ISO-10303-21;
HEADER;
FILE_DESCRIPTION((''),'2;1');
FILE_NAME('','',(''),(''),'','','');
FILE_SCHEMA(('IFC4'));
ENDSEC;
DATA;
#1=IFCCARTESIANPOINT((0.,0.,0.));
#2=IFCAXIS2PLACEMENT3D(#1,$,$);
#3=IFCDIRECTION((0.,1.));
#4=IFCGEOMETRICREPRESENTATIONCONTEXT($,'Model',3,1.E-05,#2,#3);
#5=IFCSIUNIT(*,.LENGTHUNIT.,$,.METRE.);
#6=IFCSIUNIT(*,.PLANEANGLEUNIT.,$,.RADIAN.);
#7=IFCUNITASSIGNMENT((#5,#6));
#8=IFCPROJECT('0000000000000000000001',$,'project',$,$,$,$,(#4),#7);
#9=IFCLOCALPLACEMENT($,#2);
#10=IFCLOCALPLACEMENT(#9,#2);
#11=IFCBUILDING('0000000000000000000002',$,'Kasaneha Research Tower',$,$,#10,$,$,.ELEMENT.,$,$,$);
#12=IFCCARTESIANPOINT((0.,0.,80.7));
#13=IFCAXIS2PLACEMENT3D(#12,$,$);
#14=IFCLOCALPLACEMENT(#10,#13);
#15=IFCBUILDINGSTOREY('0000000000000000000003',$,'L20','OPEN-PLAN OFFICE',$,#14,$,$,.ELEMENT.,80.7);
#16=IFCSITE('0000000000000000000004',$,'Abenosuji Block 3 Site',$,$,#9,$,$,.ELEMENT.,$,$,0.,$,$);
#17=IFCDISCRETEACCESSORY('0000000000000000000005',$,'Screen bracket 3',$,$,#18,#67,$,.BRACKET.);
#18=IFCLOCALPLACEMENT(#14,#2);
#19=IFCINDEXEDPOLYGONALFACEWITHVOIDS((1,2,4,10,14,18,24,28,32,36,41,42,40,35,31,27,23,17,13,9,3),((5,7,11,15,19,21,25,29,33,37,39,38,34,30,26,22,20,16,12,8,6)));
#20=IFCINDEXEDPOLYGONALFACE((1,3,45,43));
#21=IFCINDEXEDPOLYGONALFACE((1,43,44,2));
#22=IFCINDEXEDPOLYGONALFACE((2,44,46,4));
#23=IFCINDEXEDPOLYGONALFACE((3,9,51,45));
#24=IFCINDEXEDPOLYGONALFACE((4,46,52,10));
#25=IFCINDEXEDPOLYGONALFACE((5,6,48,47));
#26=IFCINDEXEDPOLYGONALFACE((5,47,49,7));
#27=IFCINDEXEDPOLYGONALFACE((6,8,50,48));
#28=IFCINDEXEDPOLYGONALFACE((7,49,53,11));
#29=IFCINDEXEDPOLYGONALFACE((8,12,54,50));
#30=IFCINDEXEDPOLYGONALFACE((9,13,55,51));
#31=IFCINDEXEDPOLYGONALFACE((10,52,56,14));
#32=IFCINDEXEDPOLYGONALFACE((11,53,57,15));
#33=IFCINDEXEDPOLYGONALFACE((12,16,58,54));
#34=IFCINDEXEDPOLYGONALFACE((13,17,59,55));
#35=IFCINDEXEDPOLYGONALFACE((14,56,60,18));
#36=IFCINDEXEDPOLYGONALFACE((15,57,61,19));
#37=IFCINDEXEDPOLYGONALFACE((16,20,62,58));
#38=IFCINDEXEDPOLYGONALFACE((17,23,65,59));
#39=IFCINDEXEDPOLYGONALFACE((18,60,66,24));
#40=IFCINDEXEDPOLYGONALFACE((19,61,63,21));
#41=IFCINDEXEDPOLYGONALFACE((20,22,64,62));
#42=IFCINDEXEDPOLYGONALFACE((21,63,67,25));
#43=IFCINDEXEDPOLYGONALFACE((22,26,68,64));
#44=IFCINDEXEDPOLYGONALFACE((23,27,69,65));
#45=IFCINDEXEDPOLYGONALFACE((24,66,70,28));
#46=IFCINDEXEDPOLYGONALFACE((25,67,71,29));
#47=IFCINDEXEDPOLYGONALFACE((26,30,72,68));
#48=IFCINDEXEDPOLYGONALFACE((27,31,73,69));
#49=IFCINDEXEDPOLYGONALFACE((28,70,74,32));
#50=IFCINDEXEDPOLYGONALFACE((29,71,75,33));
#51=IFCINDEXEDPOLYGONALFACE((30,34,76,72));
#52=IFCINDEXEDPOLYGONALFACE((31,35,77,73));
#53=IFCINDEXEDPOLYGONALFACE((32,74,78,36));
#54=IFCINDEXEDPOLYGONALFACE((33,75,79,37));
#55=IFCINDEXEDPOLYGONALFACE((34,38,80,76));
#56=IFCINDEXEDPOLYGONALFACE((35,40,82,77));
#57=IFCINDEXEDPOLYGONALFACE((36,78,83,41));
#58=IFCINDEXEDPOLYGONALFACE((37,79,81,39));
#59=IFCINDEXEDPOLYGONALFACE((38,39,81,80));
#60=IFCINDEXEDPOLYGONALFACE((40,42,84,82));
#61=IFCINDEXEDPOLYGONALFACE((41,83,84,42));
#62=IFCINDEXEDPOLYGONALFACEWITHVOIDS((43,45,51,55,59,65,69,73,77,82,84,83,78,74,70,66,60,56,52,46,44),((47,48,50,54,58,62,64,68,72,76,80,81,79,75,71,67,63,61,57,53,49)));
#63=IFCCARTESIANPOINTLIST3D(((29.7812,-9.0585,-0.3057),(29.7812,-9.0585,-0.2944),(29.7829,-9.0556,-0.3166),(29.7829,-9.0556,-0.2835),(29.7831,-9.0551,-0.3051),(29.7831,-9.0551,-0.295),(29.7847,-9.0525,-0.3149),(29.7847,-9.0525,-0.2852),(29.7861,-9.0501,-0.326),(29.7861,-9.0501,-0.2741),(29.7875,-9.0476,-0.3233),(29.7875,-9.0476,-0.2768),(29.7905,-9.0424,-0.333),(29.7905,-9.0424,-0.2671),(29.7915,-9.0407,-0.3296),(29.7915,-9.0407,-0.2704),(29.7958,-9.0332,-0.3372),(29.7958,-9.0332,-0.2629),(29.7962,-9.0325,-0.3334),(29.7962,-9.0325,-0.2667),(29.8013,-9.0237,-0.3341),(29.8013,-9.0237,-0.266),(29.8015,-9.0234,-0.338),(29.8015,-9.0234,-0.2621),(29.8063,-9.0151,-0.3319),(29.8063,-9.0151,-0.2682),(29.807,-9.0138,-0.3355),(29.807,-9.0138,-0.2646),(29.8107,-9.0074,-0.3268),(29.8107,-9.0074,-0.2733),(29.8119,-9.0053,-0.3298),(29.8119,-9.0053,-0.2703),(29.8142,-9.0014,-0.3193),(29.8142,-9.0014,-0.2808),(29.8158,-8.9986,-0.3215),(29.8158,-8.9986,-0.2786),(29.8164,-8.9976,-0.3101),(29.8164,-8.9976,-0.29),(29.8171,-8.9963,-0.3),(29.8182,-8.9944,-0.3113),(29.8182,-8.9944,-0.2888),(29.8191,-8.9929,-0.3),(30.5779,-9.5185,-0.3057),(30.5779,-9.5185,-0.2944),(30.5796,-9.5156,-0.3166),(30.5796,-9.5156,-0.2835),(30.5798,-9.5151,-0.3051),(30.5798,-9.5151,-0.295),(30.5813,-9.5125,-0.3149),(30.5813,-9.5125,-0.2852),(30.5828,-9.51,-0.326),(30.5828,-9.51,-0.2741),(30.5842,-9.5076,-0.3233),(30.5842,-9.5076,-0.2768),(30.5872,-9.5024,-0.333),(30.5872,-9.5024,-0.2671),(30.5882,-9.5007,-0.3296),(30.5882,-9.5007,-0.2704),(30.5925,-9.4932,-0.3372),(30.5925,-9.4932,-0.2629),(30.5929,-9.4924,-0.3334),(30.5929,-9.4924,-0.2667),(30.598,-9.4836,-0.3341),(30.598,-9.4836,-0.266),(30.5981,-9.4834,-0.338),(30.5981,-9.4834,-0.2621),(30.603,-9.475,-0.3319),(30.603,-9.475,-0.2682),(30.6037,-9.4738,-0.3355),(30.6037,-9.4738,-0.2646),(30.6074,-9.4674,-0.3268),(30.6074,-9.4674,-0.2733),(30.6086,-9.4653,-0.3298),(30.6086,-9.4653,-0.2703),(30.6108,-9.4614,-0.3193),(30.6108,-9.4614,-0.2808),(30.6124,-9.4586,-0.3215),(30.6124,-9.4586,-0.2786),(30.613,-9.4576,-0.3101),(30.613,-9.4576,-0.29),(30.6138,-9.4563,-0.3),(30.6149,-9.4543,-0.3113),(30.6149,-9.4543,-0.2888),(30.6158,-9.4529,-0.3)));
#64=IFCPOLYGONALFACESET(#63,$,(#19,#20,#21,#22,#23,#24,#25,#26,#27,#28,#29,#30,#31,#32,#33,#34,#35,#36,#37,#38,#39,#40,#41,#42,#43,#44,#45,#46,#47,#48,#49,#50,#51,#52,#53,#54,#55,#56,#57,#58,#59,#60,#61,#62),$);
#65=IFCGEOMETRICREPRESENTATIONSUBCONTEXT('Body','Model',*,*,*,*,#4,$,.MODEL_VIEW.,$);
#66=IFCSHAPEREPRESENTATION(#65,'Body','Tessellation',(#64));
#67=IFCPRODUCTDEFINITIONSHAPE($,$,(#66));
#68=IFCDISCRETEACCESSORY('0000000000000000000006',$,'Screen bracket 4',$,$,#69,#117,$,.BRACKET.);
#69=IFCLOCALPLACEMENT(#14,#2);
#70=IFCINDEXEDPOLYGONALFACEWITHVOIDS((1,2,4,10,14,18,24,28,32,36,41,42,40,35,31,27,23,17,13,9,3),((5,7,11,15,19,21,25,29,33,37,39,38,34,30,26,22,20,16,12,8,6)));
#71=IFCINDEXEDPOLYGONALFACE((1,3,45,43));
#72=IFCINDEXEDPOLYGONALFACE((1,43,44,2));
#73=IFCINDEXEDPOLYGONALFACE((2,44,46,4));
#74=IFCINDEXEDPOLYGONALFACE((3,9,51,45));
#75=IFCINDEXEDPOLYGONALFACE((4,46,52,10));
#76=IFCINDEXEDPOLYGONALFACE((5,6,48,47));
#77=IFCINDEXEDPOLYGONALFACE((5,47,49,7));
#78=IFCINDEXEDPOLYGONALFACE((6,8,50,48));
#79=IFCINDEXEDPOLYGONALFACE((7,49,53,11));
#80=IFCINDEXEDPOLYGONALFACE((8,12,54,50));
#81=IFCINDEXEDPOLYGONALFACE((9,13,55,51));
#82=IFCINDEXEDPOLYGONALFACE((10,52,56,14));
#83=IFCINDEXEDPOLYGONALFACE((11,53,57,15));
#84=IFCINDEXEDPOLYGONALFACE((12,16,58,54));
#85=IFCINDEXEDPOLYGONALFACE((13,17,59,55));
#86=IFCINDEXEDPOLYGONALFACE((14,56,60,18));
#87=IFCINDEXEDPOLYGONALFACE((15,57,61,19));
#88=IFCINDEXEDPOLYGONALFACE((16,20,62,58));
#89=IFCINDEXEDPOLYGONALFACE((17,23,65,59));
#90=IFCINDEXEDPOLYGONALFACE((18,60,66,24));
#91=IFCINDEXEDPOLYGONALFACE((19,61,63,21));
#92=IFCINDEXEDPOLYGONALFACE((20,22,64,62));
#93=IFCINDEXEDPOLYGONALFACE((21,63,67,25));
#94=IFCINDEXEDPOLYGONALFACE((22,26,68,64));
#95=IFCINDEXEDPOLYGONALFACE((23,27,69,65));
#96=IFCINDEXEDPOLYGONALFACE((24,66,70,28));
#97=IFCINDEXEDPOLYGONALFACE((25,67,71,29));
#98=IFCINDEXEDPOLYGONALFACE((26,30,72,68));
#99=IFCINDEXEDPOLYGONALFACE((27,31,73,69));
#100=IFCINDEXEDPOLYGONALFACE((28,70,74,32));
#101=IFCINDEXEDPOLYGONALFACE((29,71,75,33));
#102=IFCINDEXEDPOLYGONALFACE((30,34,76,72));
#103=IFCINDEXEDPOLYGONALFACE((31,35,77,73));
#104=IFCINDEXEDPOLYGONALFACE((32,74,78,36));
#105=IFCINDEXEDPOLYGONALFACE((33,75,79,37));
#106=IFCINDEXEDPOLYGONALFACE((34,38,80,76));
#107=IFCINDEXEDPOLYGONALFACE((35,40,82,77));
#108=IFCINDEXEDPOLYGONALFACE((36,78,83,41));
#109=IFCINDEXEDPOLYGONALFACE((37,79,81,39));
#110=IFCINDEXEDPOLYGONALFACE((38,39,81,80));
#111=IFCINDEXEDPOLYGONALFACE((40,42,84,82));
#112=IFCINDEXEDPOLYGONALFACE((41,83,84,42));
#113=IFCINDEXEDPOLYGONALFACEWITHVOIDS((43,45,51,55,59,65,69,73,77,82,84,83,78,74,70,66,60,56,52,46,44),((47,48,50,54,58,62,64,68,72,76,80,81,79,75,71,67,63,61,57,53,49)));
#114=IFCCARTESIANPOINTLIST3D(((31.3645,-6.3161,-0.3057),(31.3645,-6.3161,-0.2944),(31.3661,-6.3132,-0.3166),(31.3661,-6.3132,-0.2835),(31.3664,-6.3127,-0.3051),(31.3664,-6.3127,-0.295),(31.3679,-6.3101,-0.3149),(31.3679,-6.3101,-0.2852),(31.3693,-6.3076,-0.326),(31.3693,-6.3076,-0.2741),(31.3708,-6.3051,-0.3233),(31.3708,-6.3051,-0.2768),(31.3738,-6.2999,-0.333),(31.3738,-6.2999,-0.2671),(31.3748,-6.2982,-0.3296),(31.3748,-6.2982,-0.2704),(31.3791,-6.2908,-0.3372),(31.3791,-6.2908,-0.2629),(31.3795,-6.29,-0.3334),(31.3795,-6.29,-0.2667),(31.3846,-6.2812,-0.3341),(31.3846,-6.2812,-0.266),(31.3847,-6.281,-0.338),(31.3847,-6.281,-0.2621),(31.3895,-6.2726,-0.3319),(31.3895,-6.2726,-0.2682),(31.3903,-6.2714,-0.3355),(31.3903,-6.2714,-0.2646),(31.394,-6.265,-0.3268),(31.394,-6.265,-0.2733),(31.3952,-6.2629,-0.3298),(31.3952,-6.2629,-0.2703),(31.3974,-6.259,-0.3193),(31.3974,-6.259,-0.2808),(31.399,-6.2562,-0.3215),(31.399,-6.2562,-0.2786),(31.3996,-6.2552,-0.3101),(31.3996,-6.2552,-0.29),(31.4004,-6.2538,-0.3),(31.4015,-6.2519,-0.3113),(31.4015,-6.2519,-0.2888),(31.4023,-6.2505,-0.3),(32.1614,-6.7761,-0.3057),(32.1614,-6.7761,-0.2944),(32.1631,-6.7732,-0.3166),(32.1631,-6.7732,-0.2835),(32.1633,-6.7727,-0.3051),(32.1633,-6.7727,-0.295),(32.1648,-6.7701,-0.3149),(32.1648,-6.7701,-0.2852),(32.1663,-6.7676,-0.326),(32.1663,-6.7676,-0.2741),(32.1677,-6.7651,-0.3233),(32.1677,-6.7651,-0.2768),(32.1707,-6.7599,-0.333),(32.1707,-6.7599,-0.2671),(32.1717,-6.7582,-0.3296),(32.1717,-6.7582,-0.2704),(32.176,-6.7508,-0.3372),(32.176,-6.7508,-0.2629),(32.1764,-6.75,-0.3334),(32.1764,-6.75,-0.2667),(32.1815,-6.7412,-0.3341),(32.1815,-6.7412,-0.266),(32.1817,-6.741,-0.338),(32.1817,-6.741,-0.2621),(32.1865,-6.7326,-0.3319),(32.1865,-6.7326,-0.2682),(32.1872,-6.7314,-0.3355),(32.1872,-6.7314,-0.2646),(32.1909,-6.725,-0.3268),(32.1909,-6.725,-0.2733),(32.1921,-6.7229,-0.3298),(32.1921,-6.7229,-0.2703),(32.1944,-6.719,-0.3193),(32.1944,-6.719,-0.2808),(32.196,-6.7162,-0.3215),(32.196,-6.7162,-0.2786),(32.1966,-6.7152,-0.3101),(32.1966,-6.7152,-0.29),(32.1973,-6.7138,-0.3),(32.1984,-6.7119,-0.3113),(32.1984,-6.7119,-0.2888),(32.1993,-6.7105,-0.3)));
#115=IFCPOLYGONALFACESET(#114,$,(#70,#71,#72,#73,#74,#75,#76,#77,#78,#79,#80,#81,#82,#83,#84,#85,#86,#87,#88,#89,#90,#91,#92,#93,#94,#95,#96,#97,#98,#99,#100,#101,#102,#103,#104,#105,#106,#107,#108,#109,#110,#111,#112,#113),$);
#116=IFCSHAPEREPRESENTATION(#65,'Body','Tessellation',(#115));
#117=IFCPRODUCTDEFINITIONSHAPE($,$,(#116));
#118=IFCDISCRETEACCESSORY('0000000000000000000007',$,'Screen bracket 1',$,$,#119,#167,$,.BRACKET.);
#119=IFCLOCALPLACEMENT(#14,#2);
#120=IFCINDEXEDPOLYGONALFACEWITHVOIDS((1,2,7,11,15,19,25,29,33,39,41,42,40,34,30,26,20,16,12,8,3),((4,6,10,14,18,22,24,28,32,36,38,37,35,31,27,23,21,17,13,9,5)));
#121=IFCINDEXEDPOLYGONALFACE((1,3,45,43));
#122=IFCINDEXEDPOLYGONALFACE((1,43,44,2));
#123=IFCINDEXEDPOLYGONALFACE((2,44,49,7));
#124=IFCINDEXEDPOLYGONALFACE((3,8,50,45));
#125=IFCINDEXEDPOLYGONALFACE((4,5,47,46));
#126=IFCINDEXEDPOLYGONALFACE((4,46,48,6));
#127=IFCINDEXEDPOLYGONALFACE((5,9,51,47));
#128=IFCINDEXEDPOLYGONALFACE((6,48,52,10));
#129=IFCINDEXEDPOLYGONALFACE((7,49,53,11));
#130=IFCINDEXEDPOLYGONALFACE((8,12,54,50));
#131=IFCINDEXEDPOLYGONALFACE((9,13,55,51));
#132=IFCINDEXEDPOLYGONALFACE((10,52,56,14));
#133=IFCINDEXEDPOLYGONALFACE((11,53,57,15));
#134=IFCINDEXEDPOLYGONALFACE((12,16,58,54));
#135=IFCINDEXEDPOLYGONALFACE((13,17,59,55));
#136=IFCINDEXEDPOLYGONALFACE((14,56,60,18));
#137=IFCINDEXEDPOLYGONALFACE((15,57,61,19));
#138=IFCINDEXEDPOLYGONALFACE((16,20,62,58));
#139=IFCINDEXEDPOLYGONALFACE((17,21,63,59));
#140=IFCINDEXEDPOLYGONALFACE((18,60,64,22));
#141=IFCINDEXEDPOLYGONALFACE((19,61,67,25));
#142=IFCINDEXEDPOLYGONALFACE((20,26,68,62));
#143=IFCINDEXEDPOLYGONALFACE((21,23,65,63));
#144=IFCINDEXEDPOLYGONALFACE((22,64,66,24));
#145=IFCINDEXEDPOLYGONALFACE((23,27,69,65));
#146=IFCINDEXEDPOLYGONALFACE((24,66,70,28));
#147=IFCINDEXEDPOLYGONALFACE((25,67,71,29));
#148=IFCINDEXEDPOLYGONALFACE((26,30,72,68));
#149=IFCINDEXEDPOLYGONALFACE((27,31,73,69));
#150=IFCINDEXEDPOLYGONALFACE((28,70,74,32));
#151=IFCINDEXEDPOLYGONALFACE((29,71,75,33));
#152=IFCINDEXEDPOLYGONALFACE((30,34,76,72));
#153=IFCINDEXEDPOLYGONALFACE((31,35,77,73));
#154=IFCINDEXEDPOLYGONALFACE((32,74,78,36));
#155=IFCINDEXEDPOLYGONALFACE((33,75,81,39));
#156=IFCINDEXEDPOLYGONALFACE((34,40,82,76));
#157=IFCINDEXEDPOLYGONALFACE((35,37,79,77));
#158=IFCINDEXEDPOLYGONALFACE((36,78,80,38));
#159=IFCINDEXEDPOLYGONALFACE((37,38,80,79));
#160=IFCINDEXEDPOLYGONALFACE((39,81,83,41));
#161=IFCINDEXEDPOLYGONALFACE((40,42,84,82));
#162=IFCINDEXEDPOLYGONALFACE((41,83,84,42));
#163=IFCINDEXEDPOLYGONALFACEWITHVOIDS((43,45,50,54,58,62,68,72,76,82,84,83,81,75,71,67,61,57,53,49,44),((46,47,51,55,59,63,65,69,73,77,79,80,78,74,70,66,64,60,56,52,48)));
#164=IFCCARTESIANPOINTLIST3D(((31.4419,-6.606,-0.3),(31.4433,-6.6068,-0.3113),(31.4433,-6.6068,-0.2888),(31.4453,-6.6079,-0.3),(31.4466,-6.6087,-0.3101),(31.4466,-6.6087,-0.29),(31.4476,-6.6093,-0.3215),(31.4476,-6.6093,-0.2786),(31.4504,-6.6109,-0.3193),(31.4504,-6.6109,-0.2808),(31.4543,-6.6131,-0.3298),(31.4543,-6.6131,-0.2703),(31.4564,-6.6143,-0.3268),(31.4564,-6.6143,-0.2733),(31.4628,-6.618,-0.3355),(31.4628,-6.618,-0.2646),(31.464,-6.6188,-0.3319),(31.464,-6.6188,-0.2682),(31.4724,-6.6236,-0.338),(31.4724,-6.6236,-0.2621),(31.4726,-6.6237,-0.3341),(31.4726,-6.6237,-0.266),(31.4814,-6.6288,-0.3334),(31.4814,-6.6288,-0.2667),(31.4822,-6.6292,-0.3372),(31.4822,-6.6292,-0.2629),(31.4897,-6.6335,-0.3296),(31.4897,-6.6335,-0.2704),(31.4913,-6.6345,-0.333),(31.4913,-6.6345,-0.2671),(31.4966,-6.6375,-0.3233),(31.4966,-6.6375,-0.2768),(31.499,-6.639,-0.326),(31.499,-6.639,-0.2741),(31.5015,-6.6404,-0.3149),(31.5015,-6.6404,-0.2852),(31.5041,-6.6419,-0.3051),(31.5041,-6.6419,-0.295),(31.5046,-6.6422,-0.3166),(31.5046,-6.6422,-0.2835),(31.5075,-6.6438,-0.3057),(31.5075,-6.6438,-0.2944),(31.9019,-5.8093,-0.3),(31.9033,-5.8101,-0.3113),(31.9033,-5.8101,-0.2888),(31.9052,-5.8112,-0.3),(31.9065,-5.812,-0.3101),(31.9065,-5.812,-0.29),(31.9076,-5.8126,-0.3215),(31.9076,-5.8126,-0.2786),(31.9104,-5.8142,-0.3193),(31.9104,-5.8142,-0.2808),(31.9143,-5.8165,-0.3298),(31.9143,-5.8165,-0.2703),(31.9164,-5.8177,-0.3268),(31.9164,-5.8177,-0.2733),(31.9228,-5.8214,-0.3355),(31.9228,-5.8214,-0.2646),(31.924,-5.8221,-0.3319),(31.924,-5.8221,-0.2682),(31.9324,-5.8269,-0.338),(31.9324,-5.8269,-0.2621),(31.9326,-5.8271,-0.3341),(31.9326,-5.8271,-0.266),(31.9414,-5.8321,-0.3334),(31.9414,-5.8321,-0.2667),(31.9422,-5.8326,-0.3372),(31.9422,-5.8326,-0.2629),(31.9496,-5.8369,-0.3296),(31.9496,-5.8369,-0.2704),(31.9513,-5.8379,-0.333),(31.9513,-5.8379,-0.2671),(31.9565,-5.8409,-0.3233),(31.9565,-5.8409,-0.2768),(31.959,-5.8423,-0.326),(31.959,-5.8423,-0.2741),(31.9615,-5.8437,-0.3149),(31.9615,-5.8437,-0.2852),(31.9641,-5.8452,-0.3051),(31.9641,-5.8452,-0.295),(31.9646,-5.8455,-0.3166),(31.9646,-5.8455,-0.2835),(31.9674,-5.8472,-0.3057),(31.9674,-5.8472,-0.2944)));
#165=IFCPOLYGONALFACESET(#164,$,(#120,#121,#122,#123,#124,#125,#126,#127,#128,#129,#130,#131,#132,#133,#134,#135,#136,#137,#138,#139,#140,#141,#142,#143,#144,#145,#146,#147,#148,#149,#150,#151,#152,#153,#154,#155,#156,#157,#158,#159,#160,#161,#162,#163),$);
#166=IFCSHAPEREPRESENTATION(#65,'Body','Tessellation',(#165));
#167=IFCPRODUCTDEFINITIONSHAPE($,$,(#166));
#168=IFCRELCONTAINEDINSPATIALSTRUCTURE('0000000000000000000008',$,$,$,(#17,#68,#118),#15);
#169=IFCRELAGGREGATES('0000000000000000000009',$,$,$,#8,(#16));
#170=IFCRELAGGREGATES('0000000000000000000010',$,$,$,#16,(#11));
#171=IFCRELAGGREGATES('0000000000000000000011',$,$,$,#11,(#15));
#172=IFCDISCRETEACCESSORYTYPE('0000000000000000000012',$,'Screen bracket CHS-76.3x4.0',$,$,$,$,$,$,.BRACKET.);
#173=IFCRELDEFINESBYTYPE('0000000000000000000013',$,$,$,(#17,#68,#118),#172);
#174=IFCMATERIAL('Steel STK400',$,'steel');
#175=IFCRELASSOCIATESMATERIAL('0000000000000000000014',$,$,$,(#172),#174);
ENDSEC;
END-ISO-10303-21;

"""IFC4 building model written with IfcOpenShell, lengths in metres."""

from ifc_helpers import new_model, si_unit, direction, frame, origin, origin_2d, place, context, subcontext, project, spatial, hollow_circle, extrude, material, material_profile, profile_set, type_object, element, save


model = new_model("IFC4")

# Units and contexts
model_context = context("Model", 3, precision=1e-05, world=origin(), true_north=direction((0.0, 1.0)))
body_context = subcontext(model_context, "Body", "Model", "MODEL_VIEW")
ifc_project = project(units=[si_unit("LENGTHUNIT", "METRE"), si_unit("PLANEANGLEUNIT", "RADIAN")], contexts=[model_context])

# Site, building, storey
site_placement = place(None, origin())
site = spatial("IfcSite", under=ifc_project, at=site_placement, Name="Abenosuji Block 3 Site", CompositionType="ELEMENT", RefElevation=0.0)
building_placement = place(site_placement, origin())
building = spatial("IfcBuilding", under=site, at=building_placement, Name="Kasaneha Research Tower", CompositionType="ELEMENT")
storey_placement = place(building_placement, frame((0.0, 0.0, 80.7)))
storey = spatial("IfcBuildingStorey", under=building, at=storey_placement, Name="L20", Description="OPEN-PLAN OFFICE", CompositionType="ELEMENT", Elevation=80.7)

# Discrete accessories
ifc_material_1 = material(Name="Steel STK400", Category="steel")
ifc_material_profile_1 = material_profile(ifc_material_1, hollow_circle(Radius=0.0381, WallThickness=0.0039, at=origin_2d()), Name="CHS-76.3x4.0")
ifc_profile_set_1 = profile_set([ifc_material_profile_1], Name="Steel STK400")
discrete_accessory_type = type_object("IfcDiscreteAccessoryType", Name="Screen bracket CHS-76.3x4.0", PredefinedType="BRACKET", material=ifc_profile_set_1)
discrete_accessory_1_placement = place(storey_placement, frame((29.8, -9.0259, -0.3), z_axis=(0.866013, -0.500021, 0.0), x_axis=(0.500021, 0.866013, 0.0)))
element("IfcDiscreteAccessory", 1, at=discrete_accessory_1_placement, inside=storey, type_object=discrete_accessory_type, Name="Screen bracket 3", PredefinedType="BRACKET", context=body_context, shape_type="SweptSolid", body=[
    extrude(hollow_circle(Radius=0.0381, WallThickness=0.0039, at=origin_2d()), origin(), (0.0, 0.0, 1.0), 0.9199),
])
discrete_accessory_2_placement = place(storey_placement, frame((31.3833, -6.2834, -0.3), z_axis=(0.86608, -0.499906, 0.0), x_axis=(0.499906, 0.86608, 0.0)))
element("IfcDiscreteAccessory", 2, at=discrete_accessory_2_placement, inside=storey, type_object=discrete_accessory_type, Name="Screen bracket 4", PredefinedType="BRACKET", context=body_context, shape_type="SweptSolid", body=[
    extrude(hollow_circle(Radius=0.0381, WallThickness=0.0039, at=origin_2d()), origin(), (0.0, 0.0, 1.0), 0.9202),
])
discrete_accessory_3_placement = place(storey_placement, frame((31.4749, -6.625, -0.3), z_axis=(0.500021, 0.866013, 0.0), x_axis=(-0.866013, 0.500021, 0.0)))
element("IfcDiscreteAccessory", 3, at=discrete_accessory_3_placement, inside=storey, type_object=discrete_accessory_type, Name="Screen bracket 1", PredefinedType="BRACKET", context=body_context, shape_type="SweptSolid", body=[
    extrude(hollow_circle(Radius=0.0381, WallThickness=0.0039, at=origin_2d()), origin(), (0.0, 0.0, 1.0), 0.9199),
])

save(model, "model.ifc")
